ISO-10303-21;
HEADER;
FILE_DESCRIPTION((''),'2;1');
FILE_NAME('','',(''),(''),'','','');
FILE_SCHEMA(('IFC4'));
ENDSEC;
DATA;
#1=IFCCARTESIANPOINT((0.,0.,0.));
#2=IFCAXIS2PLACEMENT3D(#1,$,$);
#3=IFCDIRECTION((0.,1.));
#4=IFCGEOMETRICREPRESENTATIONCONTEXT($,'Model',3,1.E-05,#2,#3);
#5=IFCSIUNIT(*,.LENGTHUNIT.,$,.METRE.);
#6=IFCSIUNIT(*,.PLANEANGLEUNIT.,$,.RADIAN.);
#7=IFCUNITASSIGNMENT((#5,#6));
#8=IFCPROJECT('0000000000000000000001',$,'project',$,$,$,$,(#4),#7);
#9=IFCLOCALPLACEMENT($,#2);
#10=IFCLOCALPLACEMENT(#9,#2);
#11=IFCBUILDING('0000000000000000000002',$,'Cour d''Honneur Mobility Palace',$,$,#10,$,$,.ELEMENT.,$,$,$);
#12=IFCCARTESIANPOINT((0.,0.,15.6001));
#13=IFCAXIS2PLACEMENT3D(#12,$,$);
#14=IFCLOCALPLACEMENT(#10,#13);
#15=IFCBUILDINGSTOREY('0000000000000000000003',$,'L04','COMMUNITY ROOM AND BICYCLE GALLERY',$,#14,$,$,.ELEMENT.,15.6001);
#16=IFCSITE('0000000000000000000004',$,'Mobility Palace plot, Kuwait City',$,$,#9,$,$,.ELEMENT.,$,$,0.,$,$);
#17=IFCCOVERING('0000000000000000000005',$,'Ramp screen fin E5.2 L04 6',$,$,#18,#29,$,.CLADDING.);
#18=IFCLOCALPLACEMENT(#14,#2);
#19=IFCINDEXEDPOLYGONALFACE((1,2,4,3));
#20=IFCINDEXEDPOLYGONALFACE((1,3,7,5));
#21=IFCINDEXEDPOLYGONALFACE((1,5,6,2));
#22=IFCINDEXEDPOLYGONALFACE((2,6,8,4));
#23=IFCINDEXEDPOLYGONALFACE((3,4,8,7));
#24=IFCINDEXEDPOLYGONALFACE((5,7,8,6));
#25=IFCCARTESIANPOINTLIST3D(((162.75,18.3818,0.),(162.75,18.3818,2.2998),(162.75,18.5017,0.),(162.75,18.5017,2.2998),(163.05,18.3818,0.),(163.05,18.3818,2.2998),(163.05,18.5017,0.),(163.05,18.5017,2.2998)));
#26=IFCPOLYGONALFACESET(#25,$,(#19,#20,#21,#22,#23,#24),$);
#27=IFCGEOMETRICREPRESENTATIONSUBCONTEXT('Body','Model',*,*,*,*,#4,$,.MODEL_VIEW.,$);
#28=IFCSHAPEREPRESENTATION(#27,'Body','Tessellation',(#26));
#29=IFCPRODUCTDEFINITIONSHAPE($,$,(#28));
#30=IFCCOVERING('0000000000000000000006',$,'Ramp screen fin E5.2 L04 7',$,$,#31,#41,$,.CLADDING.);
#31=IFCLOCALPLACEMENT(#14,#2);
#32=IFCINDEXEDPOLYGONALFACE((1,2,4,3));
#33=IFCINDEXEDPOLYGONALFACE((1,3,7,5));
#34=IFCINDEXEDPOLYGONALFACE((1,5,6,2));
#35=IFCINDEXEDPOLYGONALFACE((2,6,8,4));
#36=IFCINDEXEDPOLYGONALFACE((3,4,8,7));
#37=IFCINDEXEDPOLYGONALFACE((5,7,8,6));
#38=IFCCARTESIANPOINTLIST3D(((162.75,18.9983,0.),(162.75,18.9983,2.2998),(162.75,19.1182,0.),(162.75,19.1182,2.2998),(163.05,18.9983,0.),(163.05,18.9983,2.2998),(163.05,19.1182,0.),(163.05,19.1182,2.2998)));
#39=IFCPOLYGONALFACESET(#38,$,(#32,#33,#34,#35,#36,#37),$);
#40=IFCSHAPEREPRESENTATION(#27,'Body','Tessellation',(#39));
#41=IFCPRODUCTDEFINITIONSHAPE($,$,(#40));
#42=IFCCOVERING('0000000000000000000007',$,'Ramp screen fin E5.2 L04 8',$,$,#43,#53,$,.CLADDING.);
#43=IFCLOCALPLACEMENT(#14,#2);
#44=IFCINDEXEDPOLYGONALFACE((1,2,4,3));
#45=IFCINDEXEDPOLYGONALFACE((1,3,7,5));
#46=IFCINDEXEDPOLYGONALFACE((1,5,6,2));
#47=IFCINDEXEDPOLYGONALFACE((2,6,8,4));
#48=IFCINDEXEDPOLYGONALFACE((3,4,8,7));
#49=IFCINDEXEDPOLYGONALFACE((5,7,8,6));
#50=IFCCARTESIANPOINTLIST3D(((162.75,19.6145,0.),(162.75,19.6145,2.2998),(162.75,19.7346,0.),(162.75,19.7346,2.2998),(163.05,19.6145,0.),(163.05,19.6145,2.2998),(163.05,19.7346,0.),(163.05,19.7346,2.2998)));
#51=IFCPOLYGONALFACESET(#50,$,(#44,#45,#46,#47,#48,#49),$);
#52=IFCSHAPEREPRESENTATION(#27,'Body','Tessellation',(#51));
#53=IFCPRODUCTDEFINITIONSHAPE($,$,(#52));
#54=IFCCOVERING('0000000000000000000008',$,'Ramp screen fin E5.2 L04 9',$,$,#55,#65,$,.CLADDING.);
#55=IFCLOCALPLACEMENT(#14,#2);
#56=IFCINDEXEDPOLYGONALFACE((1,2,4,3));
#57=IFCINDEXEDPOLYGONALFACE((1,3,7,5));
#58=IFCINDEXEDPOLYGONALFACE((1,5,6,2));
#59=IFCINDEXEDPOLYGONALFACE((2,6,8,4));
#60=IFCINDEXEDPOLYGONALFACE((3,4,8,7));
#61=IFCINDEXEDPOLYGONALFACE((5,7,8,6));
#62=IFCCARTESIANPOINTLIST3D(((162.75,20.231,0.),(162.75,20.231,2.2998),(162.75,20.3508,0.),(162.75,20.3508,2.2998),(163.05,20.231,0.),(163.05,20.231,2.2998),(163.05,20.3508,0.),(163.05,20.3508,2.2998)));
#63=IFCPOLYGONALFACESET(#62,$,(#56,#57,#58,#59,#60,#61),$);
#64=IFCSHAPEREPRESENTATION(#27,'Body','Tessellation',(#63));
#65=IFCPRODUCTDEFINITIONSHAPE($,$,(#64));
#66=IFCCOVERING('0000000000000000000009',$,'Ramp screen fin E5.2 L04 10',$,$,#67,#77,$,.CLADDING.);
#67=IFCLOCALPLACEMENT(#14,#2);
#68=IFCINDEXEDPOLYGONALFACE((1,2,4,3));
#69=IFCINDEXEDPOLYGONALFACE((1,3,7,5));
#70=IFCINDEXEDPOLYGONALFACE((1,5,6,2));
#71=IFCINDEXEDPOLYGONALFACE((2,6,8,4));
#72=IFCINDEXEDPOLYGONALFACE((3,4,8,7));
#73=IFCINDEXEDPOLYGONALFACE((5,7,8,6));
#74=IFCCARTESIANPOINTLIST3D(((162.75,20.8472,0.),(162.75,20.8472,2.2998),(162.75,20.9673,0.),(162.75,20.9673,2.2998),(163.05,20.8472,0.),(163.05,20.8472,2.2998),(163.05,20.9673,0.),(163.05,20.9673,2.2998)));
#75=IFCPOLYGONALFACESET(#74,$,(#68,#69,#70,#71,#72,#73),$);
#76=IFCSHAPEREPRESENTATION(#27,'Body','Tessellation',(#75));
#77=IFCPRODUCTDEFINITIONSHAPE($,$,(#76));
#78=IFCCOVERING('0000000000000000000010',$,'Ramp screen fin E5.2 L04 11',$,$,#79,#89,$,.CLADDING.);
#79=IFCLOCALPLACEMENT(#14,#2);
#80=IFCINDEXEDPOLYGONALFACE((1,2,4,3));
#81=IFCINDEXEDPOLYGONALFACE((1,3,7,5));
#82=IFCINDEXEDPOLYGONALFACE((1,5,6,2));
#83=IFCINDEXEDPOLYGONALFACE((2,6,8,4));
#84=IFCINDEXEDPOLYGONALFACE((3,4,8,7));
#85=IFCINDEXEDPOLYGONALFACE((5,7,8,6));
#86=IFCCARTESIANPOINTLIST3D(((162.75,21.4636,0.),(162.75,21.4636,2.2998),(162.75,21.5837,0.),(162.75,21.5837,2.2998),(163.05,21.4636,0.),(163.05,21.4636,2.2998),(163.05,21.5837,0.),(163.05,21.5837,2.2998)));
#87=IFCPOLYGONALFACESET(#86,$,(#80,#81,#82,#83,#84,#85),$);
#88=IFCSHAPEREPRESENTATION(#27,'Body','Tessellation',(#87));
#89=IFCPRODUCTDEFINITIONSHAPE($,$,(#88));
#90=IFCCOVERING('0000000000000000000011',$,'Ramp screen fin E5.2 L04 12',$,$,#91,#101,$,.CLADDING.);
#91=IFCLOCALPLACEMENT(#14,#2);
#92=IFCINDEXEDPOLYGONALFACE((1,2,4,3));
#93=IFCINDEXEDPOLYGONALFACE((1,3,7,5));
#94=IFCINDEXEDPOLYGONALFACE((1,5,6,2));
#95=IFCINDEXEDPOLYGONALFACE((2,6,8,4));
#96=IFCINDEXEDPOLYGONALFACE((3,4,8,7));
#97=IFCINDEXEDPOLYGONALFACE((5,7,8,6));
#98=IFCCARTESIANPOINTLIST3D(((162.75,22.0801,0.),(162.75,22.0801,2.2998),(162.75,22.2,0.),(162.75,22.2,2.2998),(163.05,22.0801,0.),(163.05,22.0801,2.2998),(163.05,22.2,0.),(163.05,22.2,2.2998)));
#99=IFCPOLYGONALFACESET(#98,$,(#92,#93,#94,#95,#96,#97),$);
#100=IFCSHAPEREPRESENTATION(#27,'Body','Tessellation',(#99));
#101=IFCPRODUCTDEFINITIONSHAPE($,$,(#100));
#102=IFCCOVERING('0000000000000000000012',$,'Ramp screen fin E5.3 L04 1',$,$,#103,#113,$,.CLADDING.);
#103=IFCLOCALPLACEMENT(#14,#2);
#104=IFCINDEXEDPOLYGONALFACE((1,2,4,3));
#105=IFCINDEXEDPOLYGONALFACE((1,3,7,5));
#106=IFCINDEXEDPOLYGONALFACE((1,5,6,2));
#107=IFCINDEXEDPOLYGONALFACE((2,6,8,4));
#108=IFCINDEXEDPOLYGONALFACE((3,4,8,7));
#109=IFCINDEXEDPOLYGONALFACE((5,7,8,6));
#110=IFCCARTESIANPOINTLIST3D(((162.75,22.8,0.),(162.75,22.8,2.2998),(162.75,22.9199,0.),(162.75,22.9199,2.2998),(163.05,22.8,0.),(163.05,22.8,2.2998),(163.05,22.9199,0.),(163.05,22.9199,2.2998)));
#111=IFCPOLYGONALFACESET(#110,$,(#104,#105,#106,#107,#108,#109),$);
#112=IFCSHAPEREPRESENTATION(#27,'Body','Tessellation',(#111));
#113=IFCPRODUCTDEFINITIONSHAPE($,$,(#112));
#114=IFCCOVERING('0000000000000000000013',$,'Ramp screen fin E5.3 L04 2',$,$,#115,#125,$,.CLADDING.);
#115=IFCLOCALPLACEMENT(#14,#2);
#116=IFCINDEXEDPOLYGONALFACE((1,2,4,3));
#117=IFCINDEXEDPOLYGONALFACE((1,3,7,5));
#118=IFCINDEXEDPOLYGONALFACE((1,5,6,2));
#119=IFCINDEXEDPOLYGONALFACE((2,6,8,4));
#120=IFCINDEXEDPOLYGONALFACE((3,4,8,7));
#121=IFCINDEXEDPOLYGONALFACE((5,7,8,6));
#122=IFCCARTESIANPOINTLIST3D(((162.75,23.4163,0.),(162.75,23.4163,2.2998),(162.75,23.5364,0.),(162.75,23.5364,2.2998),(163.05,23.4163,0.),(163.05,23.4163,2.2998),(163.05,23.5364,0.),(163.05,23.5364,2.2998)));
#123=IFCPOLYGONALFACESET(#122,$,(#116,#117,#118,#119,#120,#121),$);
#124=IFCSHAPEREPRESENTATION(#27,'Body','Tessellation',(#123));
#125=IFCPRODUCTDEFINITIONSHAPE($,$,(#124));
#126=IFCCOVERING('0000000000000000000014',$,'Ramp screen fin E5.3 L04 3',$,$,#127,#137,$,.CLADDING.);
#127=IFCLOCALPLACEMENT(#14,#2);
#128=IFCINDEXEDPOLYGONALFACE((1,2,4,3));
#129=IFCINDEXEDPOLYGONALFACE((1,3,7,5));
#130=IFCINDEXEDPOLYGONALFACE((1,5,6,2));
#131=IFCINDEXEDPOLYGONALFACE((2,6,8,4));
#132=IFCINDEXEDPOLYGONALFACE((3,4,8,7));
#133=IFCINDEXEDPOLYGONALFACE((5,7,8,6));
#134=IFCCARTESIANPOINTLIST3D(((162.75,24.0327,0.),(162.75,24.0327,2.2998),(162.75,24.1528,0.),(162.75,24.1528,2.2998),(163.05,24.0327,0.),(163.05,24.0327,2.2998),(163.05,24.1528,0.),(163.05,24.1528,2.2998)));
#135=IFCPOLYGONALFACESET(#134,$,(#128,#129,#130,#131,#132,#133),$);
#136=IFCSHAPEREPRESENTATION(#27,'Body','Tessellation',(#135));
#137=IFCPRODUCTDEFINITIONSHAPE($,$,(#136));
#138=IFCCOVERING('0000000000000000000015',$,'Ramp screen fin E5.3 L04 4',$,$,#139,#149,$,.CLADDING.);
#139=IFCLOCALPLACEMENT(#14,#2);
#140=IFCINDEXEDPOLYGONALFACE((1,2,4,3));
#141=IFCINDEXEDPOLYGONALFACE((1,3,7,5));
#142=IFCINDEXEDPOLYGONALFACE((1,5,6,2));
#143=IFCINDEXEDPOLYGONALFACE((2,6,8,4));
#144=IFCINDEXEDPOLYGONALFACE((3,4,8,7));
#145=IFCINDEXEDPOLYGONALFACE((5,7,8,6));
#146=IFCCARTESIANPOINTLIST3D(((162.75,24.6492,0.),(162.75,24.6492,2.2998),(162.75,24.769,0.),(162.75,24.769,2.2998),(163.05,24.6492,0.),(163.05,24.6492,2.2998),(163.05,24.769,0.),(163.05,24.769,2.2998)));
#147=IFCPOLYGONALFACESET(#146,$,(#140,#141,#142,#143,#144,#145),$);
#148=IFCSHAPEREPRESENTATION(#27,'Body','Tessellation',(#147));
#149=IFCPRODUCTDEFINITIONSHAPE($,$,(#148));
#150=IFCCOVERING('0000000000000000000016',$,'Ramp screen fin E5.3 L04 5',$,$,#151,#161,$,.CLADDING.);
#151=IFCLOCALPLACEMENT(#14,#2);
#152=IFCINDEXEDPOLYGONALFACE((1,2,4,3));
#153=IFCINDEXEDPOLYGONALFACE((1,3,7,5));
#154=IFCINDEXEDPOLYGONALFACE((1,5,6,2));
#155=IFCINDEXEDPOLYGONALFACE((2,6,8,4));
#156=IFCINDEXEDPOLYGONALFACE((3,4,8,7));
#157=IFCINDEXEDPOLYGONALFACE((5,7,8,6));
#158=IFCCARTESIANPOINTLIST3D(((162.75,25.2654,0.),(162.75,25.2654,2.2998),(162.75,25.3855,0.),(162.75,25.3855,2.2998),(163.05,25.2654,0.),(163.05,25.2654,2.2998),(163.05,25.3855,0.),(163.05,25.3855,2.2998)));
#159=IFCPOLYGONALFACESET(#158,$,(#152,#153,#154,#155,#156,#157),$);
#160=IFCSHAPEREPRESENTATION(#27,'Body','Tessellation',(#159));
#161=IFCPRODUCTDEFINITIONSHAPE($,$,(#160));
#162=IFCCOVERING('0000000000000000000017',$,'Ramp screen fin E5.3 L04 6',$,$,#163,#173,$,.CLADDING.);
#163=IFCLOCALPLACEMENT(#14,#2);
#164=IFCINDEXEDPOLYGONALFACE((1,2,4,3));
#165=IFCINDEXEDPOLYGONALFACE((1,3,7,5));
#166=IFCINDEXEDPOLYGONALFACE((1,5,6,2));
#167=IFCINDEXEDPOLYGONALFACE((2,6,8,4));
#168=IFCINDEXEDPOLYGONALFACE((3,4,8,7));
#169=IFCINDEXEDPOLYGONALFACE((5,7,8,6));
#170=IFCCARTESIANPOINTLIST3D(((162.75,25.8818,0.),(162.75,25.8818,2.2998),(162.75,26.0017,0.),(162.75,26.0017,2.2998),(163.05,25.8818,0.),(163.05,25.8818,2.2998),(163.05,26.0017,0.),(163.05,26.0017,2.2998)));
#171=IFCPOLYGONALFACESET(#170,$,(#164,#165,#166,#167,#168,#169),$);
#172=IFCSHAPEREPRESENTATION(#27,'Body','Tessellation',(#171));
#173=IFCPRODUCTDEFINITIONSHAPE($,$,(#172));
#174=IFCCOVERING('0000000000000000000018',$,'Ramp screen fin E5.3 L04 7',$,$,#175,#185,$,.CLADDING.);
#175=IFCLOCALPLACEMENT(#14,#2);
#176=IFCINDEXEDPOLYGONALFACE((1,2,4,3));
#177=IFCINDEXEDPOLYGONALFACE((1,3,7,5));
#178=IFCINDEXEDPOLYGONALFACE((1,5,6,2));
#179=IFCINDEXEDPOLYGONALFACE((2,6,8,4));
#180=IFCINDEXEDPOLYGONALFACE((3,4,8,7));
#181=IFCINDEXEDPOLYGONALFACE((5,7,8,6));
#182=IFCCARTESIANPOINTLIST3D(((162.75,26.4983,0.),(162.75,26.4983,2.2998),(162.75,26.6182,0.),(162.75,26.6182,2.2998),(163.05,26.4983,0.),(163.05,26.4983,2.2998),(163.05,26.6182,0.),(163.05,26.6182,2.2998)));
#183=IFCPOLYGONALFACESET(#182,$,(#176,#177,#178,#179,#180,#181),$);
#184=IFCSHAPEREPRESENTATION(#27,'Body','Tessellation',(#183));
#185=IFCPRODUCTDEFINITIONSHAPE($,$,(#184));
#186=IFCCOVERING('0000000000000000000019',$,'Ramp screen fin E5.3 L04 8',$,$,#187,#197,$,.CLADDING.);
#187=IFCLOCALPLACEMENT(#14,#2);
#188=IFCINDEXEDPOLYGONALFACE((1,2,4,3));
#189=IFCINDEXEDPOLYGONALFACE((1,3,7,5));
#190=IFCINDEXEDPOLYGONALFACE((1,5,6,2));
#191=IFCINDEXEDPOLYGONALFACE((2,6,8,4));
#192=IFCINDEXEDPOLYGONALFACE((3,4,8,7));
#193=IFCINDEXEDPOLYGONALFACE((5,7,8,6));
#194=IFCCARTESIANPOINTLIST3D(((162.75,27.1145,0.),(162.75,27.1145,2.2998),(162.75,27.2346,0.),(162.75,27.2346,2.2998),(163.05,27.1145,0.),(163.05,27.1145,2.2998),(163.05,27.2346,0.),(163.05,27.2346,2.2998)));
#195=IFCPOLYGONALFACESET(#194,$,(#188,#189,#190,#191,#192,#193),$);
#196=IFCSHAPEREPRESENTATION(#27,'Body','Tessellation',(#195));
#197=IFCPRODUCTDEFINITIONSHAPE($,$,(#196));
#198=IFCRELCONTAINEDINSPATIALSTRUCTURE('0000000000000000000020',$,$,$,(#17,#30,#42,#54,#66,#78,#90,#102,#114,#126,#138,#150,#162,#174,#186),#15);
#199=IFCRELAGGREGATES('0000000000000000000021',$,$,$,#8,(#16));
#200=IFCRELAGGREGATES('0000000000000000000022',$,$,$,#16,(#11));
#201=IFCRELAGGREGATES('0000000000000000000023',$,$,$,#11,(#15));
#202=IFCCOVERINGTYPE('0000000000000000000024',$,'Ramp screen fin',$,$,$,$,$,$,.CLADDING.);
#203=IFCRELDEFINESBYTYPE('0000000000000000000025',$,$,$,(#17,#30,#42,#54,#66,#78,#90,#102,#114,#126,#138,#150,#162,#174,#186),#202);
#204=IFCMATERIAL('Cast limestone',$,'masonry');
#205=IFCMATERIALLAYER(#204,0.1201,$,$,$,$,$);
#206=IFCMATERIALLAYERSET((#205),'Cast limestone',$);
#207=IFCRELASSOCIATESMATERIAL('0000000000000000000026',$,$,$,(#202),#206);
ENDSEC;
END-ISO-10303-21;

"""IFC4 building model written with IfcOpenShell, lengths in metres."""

from ifc_helpers import new_model, si_unit, direction, frame, origin, place, context, subcontext, project, spatial, polyline, outline, extrude, material, layer, layer_set, type_object, element, save


model = new_model("IFC4")

# Units and contexts
model_context = context("Model", 3, precision=1e-05, world=origin(), true_north=direction((0.0, 1.0)))
body_context = subcontext(model_context, "Body", "Model", "MODEL_VIEW")
ifc_project = project(units=[si_unit("LENGTHUNIT", "METRE"), si_unit("PLANEANGLEUNIT", "RADIAN")], contexts=[model_context])

# Site, building, storey
site_placement = place(None, origin())
site = spatial("IfcSite", under=ifc_project, at=site_placement, Name="Mobility Palace plot, Kuwait City", CompositionType="ELEMENT", RefElevation=0.0)
building_placement = place(site_placement, origin())
building = spatial("IfcBuilding", under=site, at=building_placement, Name="Cour d'Honneur Mobility Palace", CompositionType="ELEMENT")
storey_placement = place(building_placement, frame((0.0, 0.0, 15.6001)))
storey = spatial("IfcBuildingStorey", under=building, at=storey_placement, Name="L04", Description="COMMUNITY ROOM AND BICYCLE GALLERY", CompositionType="ELEMENT", Elevation=15.6001)

# Coverings
ifc_material_1 = material(Name="Cast limestone", Category="masonry")
ifc_layer_1 = layer(ifc_material_1, 0.1201)
ifc_layer_set_1 = layer_set([ifc_layer_1], Name="Cast limestone")
covering_type_1 = type_object("IfcCoveringType", Name="Ramp screen fin", PredefinedType="CLADDING", material=ifc_layer_set_1)
covering_1_placement = place(storey_placement, origin())
element("IfcCovering", 1, at=covering_1_placement, inside=storey, type_object=covering_type_1, Name="Ramp screen fin E5.2 L04 6", PredefinedType="CLADDING", context=body_context, shape_type="SweptSolid", body=[
    extrude(outline(polyline([(162.75, 18.3818), (162.75, 18.5017), (163.05, 18.5017), (163.05, 18.3818), (162.75, 18.3818)])), origin(), (0.0, 0.0, 1.0), 2.2998),
])
covering_2_placement = place(storey_placement, origin())
element("IfcCovering", 2, at=covering_2_placement, inside=storey, type_object=covering_type_1, Name="Ramp screen fin E5.2 L04 7", PredefinedType="CLADDING", context=body_context, shape_type="SweptSolid", body=[
    extrude(outline(polyline([(162.75, 18.9983), (162.75, 19.1182), (163.05, 19.1182), (163.05, 18.9983), (162.75, 18.9983)])), origin(), (0.0, 0.0, 1.0), 2.2998),
])
covering_3_placement = place(storey_placement, origin())
element("IfcCovering", 3, at=covering_3_placement, inside=storey, type_object=covering_type_1, Name="Ramp screen fin E5.2 L04 8", PredefinedType="CLADDING", context=body_context, shape_type="SweptSolid", body=[
    extrude(outline(polyline([(162.75, 19.6145), (162.75, 19.7346), (163.05, 19.7346), (163.05, 19.6145), (162.75, 19.6145)])), origin(), (0.0, 0.0, 1.0), 2.2998),
])
covering_4_placement = place(storey_placement, origin())
element("IfcCovering", 4, at=covering_4_placement, inside=storey, type_object=covering_type_1, Name="Ramp screen fin E5.2 L04 9", PredefinedType="CLADDING", context=body_context, shape_type="SweptSolid", body=[
    extrude(outline(polyline([(162.75, 20.231), (162.75, 20.3508), (163.05, 20.3508), (163.05, 20.231), (162.75, 20.231)])), origin(), (0.0, 0.0, 1.0), 2.2998),
])
covering_5_placement = place(storey_placement, origin())
element("IfcCovering", 5, at=covering_5_placement, inside=storey, type_object=covering_type_1, Name="Ramp screen fin E5.2 L04 10", PredefinedType="CLADDING", context=body_context, shape_type="SweptSolid", body=[
    extrude(outline(polyline([(162.75, 20.8472), (162.75, 20.9673), (163.05, 20.9673), (163.05, 20.8472), (162.75, 20.8472)])), origin(), (0.0, 0.0, 1.0), 2.2998),
])
covering_6_placement = place(storey_placement, origin())
element("IfcCovering", 6, at=covering_6_placement, inside=storey, type_object=covering_type_1, Name="Ramp screen fin E5.2 L04 11", PredefinedType="CLADDING", context=body_context, shape_type="SweptSolid", body=[
    extrude(outline(polyline([(162.75, 21.4636), (162.75, 21.5837), (163.05, 21.5837), (163.05, 21.4636), (162.75, 21.4636)])), origin(), (0.0, 0.0, 1.0), 2.2998),
])
covering_7_placement = place(storey_placement, origin())
element("IfcCovering", 7, at=covering_7_placement, inside=storey, type_object=covering_type_1, Name="Ramp screen fin E5.2 L04 12", PredefinedType="CLADDING", context=body_context, shape_type="SweptSolid", body=[
    extrude(outline(polyline([(162.75, 22.0801), (162.75, 22.2), (163.05, 22.2), (163.05, 22.0801), (162.75, 22.0801)])), origin(), (0.0, 0.0, 1.0), 2.2998),
])
covering_8_placement = place(storey_placement, origin())
element("IfcCovering", 8, at=covering_8_placement, inside=storey, type_object=covering_type_1, Name="Ramp screen fin E5.3 L04 1", PredefinedType="CLADDING", context=body_context, shape_type="SweptSolid", body=[
    extrude(outline(polyline([(162.75, 22.8), (162.75, 22.9199), (163.05, 22.9199), (163.05, 22.8), (162.75, 22.8)])), origin(), (0.0, 0.0, 1.0), 2.2998),
])
covering_9_placement = place(storey_placement, origin())
element("IfcCovering", 9, at=covering_9_placement, inside=storey, type_object=covering_type_1, Name="Ramp screen fin E5.3 L04 2", PredefinedType="CLADDING", context=body_context, shape_type="SweptSolid", body=[
    extrude(outline(polyline([(162.75, 23.4163), (162.75, 23.5364), (163.05, 23.5364), (163.05, 23.4163), (162.75, 23.4163)])), origin(), (0.0, 0.0, 1.0), 2.2998),
])
covering_10_placement = place(storey_placement, origin())
element("IfcCovering", 10, at=covering_10_placement, inside=storey, type_object=covering_type_1, Name="Ramp screen fin E5.3 L04 3", PredefinedType="CLADDING", context=body_context, shape_type="SweptSolid", body=[
    extrude(outline(polyline([(162.75, 24.0327), (162.75, 24.1528), (163.05, 24.1528), (163.05, 24.0327), (162.75, 24.0327)])), origin(), (0.0, 0.0, 1.0), 2.2998),
])
covering_11_placement = place(storey_placement, origin())
element("IfcCovering", 11, at=covering_11_placement, inside=storey, type_object=covering_type_1, Name="Ramp screen fin E5.3 L04 4", PredefinedType="CLADDING", context=body_context, shape_type="SweptSolid", body=[
    extrude(outline(polyline([(162.75, 24.6492), (162.75, 24.769), (163.05, 24.769), (163.05, 24.6492), (162.75, 24.6492)])), origin(), (0.0, 0.0, 1.0), 2.2998),
])
covering_12_placement = place(storey_placement, origin())
element("IfcCovering", 12, at=covering_12_placement, inside=storey, type_object=covering_type_1, Name="Ramp screen fin E5.3 L04 5", PredefinedType="CLADDING", context=body_context, shape_type="SweptSolid", body=[
    extrude(outline(polyline([(162.75, 25.2654), (162.75, 25.3855), (163.05, 25.3855), (163.05, 25.2654), (162.75, 25.2654)])), origin(), (0.0, 0.0, 1.0), 2.2998),
])
covering_13_placement = place(storey_placement, origin())
element("IfcCovering", 13, at=covering_13_placement, inside=storey, type_object=covering_type_1, Name="Ramp screen fin E5.3 L04 6", PredefinedType="CLADDING", context=body_context, shape_type="SweptSolid", body=[
    extrude(outline(polyline([(162.75, 25.8818), (162.75, 26.0017), (163.05, 26.0017), (163.05, 25.8818), (162.75, 25.8818)])), origin(), (0.0, 0.0, 1.0), 2.2998),
])
covering_14_placement = place(storey_placement, origin())
element("IfcCovering", 14, at=covering_14_placement, inside=storey, type_object=covering_type_1, Name="Ramp screen fin E5.3 L04 7", PredefinedType="CLADDING", context=body_context, shape_type="SweptSolid", body=[
    extrude(outline(polyline([(162.75, 26.4983), (162.75, 26.6182), (163.05, 26.6182), (163.05, 26.4983), (162.75, 26.4983)])), origin(), (0.0, 0.0, 1.0), 2.2998),
])
covering_15_placement = place(storey_placement, origin())
element("IfcCovering", 15, at=covering_15_placement, inside=storey, type_object=covering_type_1, Name="Ramp screen fin E5.3 L04 8", PredefinedType="CLADDING", context=body_context, shape_type="SweptSolid", body=[
    extrude(outline(polyline([(162.75, 27.1145), (162.75, 27.2346), (163.05, 27.2346), (163.05, 27.1145), (162.75, 27.1145)])), origin(), (0.0, 0.0, 1.0), 2.2998),
])

save(model, "model.ifc")
